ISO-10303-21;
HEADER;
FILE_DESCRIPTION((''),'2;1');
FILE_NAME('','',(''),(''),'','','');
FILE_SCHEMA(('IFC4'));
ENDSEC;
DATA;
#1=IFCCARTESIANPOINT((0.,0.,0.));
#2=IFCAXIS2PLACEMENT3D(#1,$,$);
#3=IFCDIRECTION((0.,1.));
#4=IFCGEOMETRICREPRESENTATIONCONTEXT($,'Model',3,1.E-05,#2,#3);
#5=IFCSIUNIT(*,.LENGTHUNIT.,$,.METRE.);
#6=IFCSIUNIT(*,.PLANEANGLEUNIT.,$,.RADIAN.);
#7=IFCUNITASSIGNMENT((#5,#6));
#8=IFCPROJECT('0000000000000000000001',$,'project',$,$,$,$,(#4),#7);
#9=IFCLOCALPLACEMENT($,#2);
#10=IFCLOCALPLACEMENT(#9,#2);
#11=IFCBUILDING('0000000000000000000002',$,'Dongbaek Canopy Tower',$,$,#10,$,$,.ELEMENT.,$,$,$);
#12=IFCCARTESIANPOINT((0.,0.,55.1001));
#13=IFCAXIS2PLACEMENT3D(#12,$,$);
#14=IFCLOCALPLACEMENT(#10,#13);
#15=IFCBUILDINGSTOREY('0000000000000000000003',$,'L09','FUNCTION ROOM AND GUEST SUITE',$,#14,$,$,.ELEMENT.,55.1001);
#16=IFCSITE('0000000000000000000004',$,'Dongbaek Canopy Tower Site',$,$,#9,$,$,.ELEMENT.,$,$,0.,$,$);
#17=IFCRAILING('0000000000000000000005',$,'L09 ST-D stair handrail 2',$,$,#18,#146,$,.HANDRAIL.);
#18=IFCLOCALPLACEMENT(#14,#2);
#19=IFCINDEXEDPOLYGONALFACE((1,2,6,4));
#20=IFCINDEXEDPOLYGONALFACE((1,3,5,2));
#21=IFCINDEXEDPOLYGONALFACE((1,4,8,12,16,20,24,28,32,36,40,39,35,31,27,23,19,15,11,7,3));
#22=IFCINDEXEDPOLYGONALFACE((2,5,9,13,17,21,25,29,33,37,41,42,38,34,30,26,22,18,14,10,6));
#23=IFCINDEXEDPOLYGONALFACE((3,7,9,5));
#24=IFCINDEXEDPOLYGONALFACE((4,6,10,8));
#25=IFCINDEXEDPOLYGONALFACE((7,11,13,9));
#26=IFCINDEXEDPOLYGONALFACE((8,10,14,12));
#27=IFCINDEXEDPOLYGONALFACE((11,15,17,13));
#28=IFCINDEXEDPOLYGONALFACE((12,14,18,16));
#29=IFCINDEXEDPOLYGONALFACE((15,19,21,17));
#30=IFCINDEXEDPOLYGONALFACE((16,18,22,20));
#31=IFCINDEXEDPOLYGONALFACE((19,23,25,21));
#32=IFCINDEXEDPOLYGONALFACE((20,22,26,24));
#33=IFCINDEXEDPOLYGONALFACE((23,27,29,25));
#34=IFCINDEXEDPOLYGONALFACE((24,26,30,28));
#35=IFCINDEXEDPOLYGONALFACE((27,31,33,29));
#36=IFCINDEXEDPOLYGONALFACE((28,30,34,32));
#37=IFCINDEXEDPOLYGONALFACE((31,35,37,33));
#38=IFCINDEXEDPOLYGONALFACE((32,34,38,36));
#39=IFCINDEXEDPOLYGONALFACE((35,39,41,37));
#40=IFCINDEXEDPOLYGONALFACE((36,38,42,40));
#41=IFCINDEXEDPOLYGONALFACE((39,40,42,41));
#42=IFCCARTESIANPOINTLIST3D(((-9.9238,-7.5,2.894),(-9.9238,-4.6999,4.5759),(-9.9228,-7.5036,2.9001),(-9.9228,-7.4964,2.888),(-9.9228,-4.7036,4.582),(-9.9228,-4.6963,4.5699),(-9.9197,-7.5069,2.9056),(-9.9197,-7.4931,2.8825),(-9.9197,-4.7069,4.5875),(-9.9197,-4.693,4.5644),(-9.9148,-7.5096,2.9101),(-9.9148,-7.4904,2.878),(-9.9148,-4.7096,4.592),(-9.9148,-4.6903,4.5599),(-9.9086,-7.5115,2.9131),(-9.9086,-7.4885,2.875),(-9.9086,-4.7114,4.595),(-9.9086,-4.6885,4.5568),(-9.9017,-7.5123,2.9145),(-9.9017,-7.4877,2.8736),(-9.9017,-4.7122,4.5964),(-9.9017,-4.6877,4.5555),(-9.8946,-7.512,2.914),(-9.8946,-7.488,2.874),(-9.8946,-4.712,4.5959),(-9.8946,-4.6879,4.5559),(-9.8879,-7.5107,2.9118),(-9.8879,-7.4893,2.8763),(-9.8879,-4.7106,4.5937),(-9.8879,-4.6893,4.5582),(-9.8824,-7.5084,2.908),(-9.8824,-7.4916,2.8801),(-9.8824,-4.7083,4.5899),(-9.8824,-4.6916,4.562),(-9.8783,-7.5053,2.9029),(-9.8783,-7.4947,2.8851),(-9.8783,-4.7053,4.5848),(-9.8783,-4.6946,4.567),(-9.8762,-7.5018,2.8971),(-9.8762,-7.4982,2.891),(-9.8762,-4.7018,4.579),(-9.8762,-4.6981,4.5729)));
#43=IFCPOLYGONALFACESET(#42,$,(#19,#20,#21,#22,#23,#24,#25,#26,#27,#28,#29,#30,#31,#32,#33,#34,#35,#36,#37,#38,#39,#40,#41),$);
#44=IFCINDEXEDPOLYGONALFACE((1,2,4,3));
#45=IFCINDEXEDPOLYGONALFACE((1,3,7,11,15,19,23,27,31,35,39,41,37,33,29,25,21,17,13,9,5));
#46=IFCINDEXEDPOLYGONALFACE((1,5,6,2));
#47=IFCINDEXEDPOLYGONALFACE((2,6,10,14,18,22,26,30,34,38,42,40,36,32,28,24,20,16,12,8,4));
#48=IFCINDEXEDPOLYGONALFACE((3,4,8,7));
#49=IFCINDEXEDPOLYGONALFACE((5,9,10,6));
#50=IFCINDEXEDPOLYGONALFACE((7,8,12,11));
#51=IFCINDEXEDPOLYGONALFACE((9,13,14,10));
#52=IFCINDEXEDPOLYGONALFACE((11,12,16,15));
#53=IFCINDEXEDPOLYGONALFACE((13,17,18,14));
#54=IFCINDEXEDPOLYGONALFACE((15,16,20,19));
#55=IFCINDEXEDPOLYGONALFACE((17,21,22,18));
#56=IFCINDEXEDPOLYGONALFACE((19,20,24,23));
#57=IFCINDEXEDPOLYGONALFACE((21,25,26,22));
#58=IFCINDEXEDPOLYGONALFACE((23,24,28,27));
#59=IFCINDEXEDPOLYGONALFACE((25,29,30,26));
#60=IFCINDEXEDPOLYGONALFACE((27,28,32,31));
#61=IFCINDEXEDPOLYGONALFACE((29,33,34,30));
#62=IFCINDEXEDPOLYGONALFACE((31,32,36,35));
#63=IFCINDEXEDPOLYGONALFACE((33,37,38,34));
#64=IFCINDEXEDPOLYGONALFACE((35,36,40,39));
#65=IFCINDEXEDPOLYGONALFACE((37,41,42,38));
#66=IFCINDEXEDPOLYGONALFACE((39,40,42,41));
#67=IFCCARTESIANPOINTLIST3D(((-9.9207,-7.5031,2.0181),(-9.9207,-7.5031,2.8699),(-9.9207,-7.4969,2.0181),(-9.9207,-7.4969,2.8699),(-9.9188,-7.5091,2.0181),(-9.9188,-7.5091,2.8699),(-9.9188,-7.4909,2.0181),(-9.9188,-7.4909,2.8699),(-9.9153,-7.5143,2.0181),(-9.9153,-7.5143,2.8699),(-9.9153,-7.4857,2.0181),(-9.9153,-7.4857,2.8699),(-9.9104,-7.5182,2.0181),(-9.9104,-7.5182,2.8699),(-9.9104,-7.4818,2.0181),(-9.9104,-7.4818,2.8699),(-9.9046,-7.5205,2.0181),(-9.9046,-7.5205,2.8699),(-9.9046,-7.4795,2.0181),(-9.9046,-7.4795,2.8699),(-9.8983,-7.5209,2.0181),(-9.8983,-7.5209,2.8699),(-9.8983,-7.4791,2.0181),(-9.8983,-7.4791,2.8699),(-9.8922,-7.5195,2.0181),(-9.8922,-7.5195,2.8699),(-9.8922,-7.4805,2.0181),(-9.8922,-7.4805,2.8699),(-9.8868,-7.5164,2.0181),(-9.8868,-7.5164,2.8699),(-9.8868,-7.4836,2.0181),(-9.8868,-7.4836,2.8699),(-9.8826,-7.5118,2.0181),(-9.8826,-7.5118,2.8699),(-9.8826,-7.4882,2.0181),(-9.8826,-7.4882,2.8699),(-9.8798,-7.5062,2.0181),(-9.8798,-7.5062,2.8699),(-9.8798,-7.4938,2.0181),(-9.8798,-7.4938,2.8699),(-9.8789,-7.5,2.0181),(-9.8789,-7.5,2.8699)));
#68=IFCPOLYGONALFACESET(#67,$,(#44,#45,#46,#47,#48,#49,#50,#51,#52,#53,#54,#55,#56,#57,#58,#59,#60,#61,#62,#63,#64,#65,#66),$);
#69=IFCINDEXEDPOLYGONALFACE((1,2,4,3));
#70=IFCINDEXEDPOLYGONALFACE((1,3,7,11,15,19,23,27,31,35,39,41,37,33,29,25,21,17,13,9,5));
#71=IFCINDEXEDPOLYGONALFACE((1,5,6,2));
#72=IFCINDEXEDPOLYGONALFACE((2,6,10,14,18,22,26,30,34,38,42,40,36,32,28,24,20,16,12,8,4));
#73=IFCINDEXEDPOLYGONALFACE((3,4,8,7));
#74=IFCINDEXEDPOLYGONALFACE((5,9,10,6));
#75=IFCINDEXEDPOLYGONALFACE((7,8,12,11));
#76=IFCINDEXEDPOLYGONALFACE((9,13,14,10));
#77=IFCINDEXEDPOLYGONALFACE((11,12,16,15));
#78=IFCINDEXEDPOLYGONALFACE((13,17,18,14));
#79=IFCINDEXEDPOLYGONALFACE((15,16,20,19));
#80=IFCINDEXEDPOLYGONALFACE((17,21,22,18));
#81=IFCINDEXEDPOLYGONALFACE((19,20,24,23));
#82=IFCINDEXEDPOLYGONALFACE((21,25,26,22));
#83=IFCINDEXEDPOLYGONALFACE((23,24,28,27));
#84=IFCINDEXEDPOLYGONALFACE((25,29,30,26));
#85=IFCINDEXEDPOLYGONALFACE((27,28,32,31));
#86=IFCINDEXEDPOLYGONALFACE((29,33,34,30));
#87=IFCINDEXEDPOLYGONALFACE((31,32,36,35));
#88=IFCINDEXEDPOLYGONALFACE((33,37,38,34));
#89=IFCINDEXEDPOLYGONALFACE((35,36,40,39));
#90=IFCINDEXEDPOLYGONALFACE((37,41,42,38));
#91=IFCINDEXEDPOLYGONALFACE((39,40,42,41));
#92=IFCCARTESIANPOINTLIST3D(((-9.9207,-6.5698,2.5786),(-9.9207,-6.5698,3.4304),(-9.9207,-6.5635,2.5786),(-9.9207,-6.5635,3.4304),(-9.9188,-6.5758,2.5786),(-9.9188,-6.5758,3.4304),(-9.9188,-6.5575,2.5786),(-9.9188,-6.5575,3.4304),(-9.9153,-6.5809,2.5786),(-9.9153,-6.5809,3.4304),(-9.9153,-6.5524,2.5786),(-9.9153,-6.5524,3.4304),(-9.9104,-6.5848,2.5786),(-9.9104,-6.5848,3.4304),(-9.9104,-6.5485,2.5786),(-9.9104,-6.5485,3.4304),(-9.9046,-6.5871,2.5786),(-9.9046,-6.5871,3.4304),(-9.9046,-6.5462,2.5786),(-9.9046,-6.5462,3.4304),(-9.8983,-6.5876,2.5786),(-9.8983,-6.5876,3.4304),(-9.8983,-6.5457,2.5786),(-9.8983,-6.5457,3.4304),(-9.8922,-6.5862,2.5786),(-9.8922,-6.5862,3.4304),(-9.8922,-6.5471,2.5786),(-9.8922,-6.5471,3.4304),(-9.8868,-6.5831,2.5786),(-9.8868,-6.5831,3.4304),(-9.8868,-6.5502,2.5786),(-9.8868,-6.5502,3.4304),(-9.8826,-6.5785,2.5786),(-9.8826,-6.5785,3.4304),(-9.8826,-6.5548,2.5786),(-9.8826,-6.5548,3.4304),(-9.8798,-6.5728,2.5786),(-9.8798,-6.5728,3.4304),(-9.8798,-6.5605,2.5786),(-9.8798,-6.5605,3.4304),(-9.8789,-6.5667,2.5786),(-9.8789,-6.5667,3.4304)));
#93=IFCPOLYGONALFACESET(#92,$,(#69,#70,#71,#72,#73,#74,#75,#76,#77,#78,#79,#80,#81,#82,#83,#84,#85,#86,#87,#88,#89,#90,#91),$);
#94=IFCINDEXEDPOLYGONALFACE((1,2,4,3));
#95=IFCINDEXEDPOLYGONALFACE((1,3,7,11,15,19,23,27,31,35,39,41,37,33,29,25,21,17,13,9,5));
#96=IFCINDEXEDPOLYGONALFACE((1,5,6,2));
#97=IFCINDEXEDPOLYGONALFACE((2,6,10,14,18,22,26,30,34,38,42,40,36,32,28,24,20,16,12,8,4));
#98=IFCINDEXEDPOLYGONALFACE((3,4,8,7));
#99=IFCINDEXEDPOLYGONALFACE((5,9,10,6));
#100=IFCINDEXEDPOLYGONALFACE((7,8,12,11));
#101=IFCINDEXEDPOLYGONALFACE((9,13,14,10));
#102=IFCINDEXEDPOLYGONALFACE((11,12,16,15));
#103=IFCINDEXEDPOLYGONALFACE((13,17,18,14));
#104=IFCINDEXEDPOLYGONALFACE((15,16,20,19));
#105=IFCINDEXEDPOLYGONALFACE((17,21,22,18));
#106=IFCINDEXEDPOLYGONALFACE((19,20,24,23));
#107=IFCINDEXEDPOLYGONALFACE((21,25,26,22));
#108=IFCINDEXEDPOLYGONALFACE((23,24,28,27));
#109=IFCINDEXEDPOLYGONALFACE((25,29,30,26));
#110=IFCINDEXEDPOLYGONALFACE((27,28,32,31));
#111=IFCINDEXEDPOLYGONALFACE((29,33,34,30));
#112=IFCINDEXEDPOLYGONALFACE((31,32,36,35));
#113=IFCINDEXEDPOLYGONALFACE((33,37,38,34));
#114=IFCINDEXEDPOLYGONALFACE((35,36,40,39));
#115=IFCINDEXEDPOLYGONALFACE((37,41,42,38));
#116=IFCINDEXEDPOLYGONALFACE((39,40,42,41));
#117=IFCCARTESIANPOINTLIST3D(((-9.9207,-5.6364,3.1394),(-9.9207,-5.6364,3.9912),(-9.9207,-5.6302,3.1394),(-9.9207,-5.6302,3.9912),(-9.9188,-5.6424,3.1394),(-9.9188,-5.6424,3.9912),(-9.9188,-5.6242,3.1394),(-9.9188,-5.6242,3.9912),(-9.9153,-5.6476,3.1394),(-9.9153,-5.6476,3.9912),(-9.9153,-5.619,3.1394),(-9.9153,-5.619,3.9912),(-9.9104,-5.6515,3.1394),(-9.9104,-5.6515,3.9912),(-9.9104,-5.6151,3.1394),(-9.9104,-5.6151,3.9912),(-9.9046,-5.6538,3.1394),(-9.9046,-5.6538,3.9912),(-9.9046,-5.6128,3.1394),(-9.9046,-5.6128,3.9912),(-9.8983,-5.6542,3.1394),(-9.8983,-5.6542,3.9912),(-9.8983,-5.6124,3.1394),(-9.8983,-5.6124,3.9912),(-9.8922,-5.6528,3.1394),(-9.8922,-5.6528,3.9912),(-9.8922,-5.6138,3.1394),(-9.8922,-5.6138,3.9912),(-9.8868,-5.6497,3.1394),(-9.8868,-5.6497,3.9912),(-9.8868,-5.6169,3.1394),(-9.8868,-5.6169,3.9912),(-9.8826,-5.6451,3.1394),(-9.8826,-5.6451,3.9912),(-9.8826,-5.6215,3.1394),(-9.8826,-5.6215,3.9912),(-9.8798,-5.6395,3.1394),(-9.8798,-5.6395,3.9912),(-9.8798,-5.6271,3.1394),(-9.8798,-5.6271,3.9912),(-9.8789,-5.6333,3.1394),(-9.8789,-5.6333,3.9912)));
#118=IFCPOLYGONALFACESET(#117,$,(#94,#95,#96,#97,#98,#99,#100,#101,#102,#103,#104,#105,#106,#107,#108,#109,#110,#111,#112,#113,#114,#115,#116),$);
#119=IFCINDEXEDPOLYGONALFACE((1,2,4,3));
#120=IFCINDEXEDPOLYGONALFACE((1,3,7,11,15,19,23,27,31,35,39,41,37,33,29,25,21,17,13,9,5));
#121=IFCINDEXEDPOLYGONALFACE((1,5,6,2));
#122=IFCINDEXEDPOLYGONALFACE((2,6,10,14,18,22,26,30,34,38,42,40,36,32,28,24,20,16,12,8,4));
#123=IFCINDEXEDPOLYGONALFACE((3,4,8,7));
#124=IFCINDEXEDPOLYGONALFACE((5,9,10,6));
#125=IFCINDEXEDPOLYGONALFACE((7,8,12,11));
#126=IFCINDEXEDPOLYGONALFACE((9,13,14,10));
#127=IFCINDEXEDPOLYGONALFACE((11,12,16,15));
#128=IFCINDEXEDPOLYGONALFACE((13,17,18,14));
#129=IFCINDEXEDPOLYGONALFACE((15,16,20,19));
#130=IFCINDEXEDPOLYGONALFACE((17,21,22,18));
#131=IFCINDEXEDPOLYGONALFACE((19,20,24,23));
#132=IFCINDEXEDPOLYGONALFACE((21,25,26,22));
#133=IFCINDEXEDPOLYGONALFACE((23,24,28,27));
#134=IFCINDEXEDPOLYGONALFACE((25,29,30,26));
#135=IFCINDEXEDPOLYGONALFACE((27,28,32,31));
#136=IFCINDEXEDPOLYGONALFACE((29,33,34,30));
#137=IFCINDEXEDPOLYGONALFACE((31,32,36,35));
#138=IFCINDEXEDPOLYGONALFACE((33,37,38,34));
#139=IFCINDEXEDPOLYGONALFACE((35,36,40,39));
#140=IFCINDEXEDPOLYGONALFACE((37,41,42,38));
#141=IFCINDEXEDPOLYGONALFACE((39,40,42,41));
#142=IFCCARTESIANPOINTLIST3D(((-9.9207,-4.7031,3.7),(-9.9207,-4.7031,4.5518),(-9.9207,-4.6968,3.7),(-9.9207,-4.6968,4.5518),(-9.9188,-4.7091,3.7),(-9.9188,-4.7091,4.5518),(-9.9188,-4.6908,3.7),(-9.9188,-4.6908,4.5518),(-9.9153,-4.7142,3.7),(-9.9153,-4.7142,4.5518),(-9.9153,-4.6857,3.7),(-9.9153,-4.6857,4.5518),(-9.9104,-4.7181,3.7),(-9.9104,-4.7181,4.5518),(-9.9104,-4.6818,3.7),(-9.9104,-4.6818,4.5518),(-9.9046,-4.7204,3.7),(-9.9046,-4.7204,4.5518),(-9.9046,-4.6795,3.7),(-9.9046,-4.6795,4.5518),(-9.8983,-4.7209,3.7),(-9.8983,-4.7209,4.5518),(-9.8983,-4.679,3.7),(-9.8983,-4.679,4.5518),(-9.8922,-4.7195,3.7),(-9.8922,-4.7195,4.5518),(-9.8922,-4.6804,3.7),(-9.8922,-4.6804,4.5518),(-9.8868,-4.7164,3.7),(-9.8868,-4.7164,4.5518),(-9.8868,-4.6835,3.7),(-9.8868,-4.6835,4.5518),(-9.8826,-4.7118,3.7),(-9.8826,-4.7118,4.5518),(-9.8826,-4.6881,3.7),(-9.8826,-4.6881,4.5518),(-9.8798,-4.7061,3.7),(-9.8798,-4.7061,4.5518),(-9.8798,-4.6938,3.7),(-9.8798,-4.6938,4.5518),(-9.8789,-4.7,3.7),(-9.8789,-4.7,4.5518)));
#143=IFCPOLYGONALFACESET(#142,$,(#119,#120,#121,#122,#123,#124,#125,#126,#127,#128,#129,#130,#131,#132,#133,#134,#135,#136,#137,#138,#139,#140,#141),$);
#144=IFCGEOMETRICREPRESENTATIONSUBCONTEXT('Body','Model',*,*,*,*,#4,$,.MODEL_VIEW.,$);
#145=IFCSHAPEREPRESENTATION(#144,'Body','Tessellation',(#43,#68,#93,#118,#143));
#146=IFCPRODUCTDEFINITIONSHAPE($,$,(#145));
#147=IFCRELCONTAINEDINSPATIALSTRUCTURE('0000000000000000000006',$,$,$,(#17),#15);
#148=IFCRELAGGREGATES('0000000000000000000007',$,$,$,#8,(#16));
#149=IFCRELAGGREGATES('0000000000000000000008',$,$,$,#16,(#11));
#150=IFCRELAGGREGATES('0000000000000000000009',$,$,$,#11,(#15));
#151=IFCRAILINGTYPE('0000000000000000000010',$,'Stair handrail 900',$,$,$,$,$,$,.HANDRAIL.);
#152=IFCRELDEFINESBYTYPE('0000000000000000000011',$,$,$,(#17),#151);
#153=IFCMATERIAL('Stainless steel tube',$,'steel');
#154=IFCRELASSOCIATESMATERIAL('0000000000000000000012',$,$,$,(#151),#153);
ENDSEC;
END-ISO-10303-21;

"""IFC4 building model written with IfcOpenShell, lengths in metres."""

from ifc_helpers import new_model, si_unit, direction, frame, origin, origin_2d, place, context, subcontext, project, spatial, circle, extrude, material, type_object, element, save


model = new_model("IFC4")

# Units and contexts
model_context = context("Model", 3, precision=1e-05, world=origin(), true_north=direction((0.0, 1.0)))
body_context = subcontext(model_context, "Body", "Model", "MODEL_VIEW")
ifc_project = project(units=[si_unit("LENGTHUNIT", "METRE"), si_unit("PLANEANGLEUNIT", "RADIAN")], contexts=[model_context])

# Site, building, storey
site_placement = place(None, origin())
site = spatial("IfcSite", under=ifc_project, at=site_placement, Name="Dongbaek Canopy Tower Site", CompositionType="ELEMENT", RefElevation=0.0)
building_placement = place(site_placement, origin())
building = spatial("IfcBuilding", under=site, at=building_placement, Name="Dongbaek Canopy Tower", CompositionType="ELEMENT")
storey_placement = place(building_placement, frame((0.0, 0.0, 55.1001)))
storey = spatial("IfcBuildingStorey", under=building, at=storey_placement, Name="L09", Description="FUNCTION ROOM AND GUEST SUITE", CompositionType="ELEMENT", Elevation=55.1001)

# Railing
ifc_material_1 = material(Name="Stainless steel tube", Category="steel")
railing_type_1 = type_object("IfcRailingType", Name="Stair handrail 900", PredefinedType="HANDRAIL", material=ifc_material_1)
railing_1_placement = place(storey_placement, frame((-9.8999, -7.5, 2.0181)))
element("IfcRailing", 1, at=railing_1_placement, inside=storey, type_object=railing_type_1, Name="L09 ST-D stair handrail 2", PredefinedType="HANDRAIL", context=body_context, shape_type="SweptSolid", body=[
    extrude(circle(Radius=0.0239, at=origin_2d()), frame((0.0, 0.0, 0.876), z_axis=(0.0, 0.857242, 0.514913), x_axis=(-1.0, 0.0, 0.0)), (0.0, 0.0, 1.0), 3.2664),
    extrude(circle(Radius=0.021, at=origin_2d()), origin(), (0.0, 0.0, 1.0), 0.8518),
    extrude(circle(Radius=0.021, at=origin_2d()), frame((0.0, 0.9333, 0.5605)), (0.0, 0.0, 1.0), 0.8518),
    extrude(circle(Radius=0.021, at=origin_2d()), frame((0.0, 1.8667, 1.1213)), (0.0, 0.0, 1.0), 0.8518),
    extrude(circle(Radius=0.021, at=origin_2d()), frame((0.0, 2.8, 1.6819)), (0.0, 0.0, 1.0), 0.8518),
])

save(model, "model.ifc")
